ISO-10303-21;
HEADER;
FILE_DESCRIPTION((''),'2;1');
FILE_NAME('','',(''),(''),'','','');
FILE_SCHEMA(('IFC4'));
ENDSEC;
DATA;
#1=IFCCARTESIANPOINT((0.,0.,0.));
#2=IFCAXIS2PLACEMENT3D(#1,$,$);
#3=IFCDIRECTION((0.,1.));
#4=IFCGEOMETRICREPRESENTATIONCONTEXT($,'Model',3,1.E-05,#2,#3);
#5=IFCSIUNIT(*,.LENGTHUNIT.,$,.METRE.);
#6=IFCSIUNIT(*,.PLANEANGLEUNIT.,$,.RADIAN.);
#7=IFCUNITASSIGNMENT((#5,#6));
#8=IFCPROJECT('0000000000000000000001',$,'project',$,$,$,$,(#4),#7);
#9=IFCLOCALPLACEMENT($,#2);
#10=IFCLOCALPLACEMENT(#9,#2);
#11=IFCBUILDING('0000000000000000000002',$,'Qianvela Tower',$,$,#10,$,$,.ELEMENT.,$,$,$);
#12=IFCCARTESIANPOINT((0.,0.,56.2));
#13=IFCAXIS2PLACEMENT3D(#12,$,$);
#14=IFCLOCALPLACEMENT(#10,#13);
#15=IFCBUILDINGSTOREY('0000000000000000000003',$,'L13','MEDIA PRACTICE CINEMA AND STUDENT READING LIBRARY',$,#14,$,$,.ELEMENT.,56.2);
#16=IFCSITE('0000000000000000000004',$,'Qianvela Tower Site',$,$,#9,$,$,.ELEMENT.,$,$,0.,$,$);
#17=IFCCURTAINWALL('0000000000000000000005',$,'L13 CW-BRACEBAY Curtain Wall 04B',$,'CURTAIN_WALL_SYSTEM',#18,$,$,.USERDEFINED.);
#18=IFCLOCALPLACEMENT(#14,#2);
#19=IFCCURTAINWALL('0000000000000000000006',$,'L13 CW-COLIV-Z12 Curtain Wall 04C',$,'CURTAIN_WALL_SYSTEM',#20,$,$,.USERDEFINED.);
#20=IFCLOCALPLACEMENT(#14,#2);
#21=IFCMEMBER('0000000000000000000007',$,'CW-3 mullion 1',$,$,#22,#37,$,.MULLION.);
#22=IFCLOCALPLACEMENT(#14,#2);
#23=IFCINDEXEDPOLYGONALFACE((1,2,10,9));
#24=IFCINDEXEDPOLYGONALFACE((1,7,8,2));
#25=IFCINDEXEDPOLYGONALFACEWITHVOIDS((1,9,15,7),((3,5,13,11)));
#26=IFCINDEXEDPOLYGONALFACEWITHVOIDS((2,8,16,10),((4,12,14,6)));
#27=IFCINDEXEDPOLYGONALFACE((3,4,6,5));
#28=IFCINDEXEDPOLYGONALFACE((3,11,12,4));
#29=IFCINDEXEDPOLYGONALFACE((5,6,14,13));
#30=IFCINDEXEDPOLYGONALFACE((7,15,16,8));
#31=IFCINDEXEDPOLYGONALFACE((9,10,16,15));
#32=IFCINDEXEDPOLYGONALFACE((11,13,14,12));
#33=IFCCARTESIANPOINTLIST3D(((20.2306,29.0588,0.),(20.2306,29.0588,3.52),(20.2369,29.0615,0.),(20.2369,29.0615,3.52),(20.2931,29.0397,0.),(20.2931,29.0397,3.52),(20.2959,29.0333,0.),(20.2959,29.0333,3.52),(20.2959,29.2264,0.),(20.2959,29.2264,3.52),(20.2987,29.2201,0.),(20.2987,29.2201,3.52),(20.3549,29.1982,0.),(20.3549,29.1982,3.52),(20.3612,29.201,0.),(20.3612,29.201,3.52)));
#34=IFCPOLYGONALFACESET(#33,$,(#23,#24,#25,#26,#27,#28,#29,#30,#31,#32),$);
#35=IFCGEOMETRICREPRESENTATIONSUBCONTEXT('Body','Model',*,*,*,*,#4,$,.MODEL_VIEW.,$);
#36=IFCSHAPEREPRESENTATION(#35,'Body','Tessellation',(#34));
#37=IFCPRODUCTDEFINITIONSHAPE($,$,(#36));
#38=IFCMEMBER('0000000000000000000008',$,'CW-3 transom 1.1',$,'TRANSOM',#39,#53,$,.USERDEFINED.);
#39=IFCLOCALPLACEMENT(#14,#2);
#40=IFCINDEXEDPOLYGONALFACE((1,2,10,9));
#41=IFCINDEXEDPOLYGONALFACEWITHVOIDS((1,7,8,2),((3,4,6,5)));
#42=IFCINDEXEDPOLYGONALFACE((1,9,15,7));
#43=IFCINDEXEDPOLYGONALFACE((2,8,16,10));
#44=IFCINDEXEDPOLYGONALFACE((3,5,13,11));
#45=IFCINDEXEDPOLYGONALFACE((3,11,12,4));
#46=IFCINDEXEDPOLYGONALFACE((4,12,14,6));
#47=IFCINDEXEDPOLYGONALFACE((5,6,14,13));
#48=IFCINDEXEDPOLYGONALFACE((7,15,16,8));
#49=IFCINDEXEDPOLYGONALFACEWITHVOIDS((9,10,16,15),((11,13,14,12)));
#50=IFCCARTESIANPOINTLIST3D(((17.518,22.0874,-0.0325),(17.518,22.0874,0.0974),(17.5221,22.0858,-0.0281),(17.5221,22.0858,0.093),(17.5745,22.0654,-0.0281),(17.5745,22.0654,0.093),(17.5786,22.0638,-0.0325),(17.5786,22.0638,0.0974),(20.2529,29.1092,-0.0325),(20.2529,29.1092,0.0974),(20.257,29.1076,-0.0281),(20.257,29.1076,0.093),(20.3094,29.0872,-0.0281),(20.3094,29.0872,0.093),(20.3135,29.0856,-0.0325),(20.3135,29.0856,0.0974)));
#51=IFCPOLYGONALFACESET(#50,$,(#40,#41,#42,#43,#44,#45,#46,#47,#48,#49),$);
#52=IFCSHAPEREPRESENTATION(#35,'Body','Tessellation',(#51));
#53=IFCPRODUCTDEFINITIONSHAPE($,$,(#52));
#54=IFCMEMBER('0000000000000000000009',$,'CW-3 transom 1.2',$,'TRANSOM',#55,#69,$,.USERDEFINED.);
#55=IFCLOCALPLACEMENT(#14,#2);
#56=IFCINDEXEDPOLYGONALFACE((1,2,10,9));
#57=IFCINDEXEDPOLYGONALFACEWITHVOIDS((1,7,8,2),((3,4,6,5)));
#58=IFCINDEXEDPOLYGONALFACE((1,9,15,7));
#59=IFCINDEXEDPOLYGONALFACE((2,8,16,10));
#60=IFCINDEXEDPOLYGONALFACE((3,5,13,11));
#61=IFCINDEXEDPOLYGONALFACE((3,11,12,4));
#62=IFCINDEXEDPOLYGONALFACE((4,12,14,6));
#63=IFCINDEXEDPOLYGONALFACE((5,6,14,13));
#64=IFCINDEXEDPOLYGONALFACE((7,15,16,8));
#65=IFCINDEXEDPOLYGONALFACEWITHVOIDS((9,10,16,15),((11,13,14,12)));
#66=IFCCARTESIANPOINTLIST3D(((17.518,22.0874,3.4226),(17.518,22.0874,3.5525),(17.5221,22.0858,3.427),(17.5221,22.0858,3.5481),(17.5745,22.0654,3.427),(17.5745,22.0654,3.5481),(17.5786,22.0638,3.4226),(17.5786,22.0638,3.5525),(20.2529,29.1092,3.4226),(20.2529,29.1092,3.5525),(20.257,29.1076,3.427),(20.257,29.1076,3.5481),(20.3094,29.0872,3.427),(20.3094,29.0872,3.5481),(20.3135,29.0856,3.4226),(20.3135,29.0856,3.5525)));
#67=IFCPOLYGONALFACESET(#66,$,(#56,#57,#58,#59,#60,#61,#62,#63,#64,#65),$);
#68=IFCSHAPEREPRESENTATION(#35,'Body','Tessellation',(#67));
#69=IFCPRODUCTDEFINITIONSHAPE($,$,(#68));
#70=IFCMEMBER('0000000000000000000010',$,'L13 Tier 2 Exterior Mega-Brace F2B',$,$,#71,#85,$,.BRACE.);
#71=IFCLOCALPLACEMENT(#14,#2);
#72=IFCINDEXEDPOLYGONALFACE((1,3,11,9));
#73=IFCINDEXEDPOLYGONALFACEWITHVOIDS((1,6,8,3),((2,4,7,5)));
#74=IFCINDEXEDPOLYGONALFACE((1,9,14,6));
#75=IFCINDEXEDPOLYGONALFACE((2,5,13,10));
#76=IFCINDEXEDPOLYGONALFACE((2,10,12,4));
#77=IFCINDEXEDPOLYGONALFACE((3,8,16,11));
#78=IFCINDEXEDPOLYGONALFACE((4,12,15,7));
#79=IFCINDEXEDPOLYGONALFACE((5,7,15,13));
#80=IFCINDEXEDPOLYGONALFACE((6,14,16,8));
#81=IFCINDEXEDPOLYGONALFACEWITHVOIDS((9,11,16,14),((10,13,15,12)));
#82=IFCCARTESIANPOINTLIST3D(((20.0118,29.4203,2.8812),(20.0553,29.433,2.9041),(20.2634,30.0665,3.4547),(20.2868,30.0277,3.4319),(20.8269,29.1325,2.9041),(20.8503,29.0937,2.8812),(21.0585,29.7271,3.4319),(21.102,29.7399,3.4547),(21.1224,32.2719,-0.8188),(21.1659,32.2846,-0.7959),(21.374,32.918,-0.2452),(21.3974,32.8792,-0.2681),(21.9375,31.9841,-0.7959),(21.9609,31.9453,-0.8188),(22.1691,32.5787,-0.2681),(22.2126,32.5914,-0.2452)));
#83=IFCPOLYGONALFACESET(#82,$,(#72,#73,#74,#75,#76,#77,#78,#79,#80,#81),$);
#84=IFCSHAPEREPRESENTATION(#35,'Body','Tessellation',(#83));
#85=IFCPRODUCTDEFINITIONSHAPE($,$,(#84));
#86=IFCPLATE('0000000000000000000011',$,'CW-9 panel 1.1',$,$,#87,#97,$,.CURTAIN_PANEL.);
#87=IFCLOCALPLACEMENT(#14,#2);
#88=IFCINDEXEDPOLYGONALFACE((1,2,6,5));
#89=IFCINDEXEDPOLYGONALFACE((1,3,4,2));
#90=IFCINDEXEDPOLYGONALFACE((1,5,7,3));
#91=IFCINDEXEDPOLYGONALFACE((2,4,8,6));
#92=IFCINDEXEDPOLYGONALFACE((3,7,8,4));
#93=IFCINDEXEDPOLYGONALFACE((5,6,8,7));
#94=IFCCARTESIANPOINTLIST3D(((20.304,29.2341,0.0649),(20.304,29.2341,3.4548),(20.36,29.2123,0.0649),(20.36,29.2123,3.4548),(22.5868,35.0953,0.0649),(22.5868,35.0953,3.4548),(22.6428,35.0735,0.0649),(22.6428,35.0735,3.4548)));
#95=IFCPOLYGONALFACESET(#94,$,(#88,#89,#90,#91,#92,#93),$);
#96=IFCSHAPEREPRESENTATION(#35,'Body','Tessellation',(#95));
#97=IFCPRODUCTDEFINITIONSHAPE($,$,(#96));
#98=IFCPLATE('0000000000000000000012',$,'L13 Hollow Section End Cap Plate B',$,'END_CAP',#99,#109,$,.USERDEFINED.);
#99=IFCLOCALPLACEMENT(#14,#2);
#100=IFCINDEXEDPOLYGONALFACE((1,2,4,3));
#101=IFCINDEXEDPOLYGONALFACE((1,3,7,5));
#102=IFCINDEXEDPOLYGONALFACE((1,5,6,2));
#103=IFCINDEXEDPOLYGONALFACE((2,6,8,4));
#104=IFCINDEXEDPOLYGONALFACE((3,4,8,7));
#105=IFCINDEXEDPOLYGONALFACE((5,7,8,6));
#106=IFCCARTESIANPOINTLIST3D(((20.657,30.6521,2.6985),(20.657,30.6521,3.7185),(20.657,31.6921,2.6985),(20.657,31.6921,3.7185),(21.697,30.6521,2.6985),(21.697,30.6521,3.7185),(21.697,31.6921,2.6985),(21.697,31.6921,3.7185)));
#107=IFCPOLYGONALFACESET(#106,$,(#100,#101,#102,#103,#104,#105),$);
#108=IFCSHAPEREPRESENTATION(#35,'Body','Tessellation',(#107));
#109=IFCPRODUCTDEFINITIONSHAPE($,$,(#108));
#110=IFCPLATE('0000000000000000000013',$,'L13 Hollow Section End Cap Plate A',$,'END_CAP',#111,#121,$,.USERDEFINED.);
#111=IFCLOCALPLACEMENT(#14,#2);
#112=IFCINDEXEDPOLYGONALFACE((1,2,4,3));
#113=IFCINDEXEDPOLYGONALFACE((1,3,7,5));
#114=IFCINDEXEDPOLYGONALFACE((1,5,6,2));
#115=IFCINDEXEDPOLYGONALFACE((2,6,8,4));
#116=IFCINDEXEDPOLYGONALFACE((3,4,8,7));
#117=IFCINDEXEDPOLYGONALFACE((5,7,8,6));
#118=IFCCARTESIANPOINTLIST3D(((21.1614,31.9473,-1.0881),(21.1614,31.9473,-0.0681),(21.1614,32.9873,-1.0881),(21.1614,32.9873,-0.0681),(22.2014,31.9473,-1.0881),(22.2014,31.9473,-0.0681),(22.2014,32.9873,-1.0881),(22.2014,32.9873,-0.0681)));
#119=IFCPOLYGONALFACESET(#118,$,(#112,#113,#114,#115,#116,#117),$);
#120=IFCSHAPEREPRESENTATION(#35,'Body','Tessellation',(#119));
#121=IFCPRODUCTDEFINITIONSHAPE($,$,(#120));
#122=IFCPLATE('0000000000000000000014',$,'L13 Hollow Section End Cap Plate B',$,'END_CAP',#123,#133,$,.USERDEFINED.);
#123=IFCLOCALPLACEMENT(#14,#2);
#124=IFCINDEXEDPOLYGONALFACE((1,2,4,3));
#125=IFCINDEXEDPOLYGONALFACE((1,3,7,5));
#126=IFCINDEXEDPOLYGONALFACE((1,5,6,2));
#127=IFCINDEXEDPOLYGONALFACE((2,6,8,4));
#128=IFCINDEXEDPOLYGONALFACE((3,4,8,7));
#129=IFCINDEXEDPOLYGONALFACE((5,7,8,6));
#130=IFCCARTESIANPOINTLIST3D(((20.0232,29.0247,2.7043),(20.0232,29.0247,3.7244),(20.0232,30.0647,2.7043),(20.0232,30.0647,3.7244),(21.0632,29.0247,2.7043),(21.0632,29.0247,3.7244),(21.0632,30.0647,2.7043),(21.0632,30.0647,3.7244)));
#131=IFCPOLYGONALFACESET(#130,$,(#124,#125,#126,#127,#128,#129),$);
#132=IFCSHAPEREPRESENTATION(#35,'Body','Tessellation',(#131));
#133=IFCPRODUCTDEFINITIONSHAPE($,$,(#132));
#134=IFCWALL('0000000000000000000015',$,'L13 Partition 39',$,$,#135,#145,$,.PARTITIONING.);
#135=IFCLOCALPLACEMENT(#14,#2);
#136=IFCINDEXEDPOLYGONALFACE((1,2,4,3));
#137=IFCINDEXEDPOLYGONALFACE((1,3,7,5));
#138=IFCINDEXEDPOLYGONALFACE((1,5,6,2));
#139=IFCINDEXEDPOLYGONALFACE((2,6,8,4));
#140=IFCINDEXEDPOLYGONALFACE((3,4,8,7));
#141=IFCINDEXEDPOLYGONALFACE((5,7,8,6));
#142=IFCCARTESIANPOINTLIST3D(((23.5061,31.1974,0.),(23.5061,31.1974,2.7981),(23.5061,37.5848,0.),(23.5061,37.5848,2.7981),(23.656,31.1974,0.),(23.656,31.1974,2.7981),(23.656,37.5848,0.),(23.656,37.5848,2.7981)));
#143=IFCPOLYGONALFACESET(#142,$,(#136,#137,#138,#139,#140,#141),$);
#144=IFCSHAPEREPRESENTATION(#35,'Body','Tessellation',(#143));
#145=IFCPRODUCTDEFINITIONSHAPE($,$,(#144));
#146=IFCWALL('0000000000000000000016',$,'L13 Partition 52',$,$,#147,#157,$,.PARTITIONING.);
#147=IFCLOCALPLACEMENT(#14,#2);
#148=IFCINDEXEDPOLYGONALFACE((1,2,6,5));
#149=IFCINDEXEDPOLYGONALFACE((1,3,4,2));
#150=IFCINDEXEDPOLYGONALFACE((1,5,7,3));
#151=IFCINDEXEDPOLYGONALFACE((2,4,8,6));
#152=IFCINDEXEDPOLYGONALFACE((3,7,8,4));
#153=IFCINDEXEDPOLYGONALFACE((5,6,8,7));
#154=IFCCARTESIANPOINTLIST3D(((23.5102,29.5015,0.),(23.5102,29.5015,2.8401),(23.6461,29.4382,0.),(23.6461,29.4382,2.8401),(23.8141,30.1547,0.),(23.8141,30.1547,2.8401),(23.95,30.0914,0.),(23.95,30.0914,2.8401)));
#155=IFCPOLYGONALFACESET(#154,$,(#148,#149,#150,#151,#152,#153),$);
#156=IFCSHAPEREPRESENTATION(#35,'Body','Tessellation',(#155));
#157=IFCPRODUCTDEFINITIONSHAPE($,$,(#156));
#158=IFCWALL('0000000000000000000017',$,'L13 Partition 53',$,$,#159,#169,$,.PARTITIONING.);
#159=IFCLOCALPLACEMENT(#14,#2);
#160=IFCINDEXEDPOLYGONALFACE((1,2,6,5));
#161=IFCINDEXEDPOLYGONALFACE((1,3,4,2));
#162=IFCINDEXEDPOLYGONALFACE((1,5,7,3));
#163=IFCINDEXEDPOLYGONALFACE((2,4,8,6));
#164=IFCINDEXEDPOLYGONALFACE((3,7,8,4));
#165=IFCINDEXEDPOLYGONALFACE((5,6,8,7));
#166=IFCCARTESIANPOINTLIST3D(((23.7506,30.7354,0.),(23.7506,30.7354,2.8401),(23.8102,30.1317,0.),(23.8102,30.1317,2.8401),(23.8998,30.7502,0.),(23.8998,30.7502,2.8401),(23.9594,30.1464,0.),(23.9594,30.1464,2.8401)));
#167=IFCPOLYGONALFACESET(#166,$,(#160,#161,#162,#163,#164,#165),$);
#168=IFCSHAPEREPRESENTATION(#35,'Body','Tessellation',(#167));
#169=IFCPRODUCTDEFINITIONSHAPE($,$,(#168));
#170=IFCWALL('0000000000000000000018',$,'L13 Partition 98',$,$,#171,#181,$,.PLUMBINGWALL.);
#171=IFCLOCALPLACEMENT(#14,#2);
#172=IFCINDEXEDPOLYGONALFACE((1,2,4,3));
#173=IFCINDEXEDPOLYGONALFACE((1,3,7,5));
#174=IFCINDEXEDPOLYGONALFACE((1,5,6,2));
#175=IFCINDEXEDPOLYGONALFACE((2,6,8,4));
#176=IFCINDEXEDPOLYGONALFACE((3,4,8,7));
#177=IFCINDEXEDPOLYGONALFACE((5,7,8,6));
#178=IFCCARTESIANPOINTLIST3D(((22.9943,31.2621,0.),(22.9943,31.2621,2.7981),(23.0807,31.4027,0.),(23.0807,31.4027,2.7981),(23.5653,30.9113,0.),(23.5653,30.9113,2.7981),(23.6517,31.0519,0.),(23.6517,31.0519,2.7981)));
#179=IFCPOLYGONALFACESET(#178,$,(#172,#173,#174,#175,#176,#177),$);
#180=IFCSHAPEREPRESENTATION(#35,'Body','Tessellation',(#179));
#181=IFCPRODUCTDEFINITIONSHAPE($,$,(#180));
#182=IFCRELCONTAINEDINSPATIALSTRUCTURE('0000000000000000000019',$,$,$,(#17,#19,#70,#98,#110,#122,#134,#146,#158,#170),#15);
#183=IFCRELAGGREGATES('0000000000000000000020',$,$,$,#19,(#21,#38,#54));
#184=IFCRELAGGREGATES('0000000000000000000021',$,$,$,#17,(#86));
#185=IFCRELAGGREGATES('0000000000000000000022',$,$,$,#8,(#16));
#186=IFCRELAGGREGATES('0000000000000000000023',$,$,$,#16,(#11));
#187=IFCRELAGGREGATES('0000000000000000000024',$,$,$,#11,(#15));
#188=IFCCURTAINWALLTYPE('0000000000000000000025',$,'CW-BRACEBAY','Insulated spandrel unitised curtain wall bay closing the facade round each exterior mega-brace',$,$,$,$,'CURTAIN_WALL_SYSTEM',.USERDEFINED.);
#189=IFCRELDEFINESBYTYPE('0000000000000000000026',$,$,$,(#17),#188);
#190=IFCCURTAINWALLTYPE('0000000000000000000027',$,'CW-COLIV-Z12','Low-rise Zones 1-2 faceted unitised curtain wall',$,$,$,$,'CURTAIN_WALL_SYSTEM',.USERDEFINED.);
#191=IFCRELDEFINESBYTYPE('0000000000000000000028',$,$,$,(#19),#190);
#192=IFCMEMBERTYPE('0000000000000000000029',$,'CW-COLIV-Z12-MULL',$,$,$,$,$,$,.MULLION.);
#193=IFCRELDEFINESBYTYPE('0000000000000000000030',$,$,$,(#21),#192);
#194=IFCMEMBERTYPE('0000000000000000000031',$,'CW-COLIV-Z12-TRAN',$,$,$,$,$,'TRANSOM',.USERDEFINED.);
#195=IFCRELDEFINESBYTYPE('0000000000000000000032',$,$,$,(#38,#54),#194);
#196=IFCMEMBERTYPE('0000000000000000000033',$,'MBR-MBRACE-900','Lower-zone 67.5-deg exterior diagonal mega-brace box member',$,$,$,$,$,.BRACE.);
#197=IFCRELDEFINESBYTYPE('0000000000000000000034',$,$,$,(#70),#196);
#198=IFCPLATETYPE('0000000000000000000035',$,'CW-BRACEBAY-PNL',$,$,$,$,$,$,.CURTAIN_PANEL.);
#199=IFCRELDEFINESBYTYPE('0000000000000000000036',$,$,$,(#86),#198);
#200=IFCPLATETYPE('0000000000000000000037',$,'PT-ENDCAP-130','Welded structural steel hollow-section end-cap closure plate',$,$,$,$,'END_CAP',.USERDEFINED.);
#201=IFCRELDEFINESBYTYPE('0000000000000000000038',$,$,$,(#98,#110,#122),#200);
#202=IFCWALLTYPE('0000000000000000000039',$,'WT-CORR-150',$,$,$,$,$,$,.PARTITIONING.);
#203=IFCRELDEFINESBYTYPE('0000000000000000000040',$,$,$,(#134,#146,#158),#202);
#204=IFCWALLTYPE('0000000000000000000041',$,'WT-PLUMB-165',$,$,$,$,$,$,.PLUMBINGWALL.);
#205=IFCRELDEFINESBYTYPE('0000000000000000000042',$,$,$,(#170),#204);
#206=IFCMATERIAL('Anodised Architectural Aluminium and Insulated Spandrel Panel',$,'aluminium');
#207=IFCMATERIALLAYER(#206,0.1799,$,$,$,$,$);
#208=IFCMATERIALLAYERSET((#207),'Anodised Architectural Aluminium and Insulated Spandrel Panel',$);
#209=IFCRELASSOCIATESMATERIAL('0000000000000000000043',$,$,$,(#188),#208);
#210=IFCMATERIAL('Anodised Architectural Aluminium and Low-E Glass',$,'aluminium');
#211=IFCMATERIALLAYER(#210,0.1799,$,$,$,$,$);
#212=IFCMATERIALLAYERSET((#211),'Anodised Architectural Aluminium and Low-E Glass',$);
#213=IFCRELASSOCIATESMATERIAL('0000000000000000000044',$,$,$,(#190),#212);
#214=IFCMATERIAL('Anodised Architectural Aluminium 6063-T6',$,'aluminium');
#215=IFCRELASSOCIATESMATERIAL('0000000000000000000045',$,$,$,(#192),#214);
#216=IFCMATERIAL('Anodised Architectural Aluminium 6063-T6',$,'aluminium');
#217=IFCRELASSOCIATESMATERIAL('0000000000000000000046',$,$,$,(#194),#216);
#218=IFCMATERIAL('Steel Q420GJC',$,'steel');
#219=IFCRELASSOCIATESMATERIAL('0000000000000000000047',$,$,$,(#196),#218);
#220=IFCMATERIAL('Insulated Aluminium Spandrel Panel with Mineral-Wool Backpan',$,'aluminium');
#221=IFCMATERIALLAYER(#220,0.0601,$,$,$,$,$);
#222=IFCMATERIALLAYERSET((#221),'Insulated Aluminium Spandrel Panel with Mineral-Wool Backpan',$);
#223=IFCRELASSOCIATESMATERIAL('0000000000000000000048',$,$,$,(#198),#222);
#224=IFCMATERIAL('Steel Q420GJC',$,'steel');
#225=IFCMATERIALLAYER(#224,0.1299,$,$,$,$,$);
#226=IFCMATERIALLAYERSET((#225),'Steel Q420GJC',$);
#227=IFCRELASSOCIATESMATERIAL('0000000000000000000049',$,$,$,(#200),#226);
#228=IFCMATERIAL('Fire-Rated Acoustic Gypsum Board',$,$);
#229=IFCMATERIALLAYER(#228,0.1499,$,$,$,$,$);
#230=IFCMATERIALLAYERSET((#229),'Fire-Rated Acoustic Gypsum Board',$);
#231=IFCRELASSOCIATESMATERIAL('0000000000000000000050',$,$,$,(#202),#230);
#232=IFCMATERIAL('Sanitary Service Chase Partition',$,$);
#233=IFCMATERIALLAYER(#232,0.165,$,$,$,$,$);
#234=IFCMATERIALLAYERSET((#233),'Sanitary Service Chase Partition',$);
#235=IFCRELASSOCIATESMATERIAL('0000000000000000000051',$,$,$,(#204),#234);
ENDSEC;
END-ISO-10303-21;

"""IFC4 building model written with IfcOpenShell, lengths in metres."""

from ifc_helpers import new_model, si_unit, direction, frame, frame_2d, origin, origin_2d, place, context, subcontext, project, spatial, rectangle, hollow_rectangle, extrude, material, layer, layer_set, material_profile, profile_set, type_object, element, aggregate, save


model = new_model("IFC4")

# Units and contexts
model_context = context("Model", 3, precision=1e-05, world=origin(), true_north=direction((0.0, 1.0)))
body_context = subcontext(model_context, "Body", "Model", "MODEL_VIEW")
ifc_project = project(units=[si_unit("LENGTHUNIT", "METRE"), si_unit("PLANEANGLEUNIT", "RADIAN")], contexts=[model_context])

# Site, building, storey
site_placement = place(None, origin())
site = spatial("IfcSite", under=ifc_project, at=site_placement, Name="Qianvela Tower Site", CompositionType="ELEMENT", RefElevation=0.0)
building_placement = place(site_placement, origin())
building = spatial("IfcBuilding", under=site, at=building_placement, Name="Qianvela Tower", CompositionType="ELEMENT")
storey_placement = place(building_placement, frame((0.0, 0.0, 56.2)))
storey = spatial("IfcBuildingStorey", under=building, at=storey_placement, Name="L13", Description="MEDIA PRACTICE CINEMA AND STUDENT READING LIBRARY", CompositionType="ELEMENT", Elevation=56.2)

# Curtain wall
ifc_material_1 = material(Name="Anodised Architectural Aluminium and Insulated Spandrel Panel", Category="aluminium")
ifc_layer_1 = layer(ifc_material_1, 0.1799)
ifc_layer_set_1 = layer_set([ifc_layer_1], Name="Anodised Architectural Aluminium and Insulated Spandrel Panel")
curtain_wall_type_1 = type_object("IfcCurtainWallType", Name="CW-BRACEBAY", Description="Insulated spandrel unitised curtain wall bay closing the facade round each exterior mega-brace", ElementType="CURTAIN_WALL_SYSTEM", PredefinedType="USERDEFINED", material=ifc_layer_set_1)
curtain_wall_1_placement = place(storey_placement, origin())
curtain_wall_1 = element("IfcCurtainWall", 1, at=curtain_wall_1_placement, inside=storey, type_object=curtain_wall_type_1, Name="L13 CW-BRACEBAY Curtain Wall 04B", ObjectType="CURTAIN_WALL_SYSTEM", PredefinedType="USERDEFINED")

# Curtain wall, members
ifc_material_2 = material(Name="Anodised Architectural Aluminium and Low-E Glass", Category="aluminium")
ifc_layer_2 = layer(ifc_material_2, 0.1799)
ifc_layer_set_2 = layer_set([ifc_layer_2], Name="Anodised Architectural Aluminium and Low-E Glass")
curtain_wall_type_2 = type_object("IfcCurtainWallType", Name="CW-COLIV-Z12", Description="Low-rise Zones 1-2 faceted unitised curtain wall", ElementType="CURTAIN_WALL_SYSTEM", PredefinedType="USERDEFINED", material=ifc_layer_set_2)
curtain_wall_2_placement = place(storey_placement, origin())
curtain_wall_2 = element("IfcCurtainWall", 2, at=curtain_wall_2_placement, inside=storey, type_object=curtain_wall_type_2, Name="L13 CW-COLIV-Z12 Curtain Wall 04C", ObjectType="CURTAIN_WALL_SYSTEM", PredefinedType="USERDEFINED")
ifc_material_3 = material(Name="Anodised Architectural Aluminium 6063-T6", Category="aluminium")
ifc_material_profile_1 = material_profile(ifc_material_3, hollow_rectangle(XDim=0.0701, YDim=0.1799, WallThickness=0.0049, at=origin_2d()), Name="ALU-MULL-70x180")
ifc_profile_set_1 = profile_set([ifc_material_profile_1], Name="Anodised Architectural Aluminium 6063-T6")
member_type_1 = type_object("IfcMemberType", Name="CW-COLIV-Z12-MULL", PredefinedType="MULLION", material=ifc_profile_set_1)
member_1_placement = place(storey_placement, frame((20.2959, 29.1299, 0.0), z_axis=(0.0, 0.0, 1.0), x_axis=(0.931818, -0.362925, 0.0)))
member_1 = element("IfcMember", 3, at=member_1_placement, type_object=member_type_1, Name="CW-3 mullion 1", PredefinedType="MULLION", context=body_context, shape_type="SweptSolid", body=[
    extrude(hollow_rectangle(XDim=0.0701, YDim=0.1799, WallThickness=0.0049, at=origin_2d()), origin(), (0.0, 0.0, 1.0), 3.52),
])
ifc_material_4 = material(Name="Anodised Architectural Aluminium 6063-T6", Category="aluminium")
ifc_material_profile_2 = material_profile(ifc_material_4, hollow_rectangle(XDim=0.0649, YDim=0.1299, WallThickness=0.0044, at=origin_2d()), Name="ALU-TRAN-65x130")
ifc_profile_set_2 = profile_set([ifc_material_profile_2], Name="Anodised Architectural Aluminium 6063-T6")
member_type_2 = type_object("IfcMemberType", Name="CW-COLIV-Z12-TRAN", ElementType="TRANSOM", PredefinedType="USERDEFINED", material=ifc_profile_set_2)
member_2_placement = place(storey_placement, frame((20.2832, 29.0974, 0.0325), z_axis=(-0.362929, -0.931817, 0.0), x_axis=(0.931817, -0.362929, 0.0)))
member_2 = element("IfcMember", 4, at=member_2_placement, type_object=member_type_2, Name="CW-3 transom 1.1", ObjectType="TRANSOM", PredefinedType="USERDEFINED", context=body_context, shape_type="SweptSolid", body=[
    extrude(hollow_rectangle(XDim=0.0649, YDim=0.1299, WallThickness=0.0044, at=origin_2d()), origin(), (0.0, 0.0, 1.0), 7.5356),
])
member_3_placement = place(storey_placement, frame((20.2832, 29.0974, 3.4875), z_axis=(-0.362929, -0.931817, 0.0), x_axis=(0.931817, -0.362929, 0.0)))
member_3 = element("IfcMember", 5, at=member_3_placement, type_object=member_type_2, Name="CW-3 transom 1.2", ObjectType="TRANSOM", PredefinedType="USERDEFINED", context=body_context, shape_type="SweptSolid", body=[
    extrude(hollow_rectangle(XDim=0.0649, YDim=0.1299, WallThickness=0.0044, at=origin_2d()), origin(), (0.0, 0.0, 1.0), 7.5356),
])
aggregate(curtain_wall_2, [member_1, member_2, member_3])

# Member
ifc_material_5 = material(Name="Steel Q420GJC", Category="steel")
ifc_material_profile_3 = material_profile(ifc_material_5, hollow_rectangle(XDim=0.8999, YDim=0.8999, WallThickness=0.0359, at=origin_2d()), Name="MBOX-900x900x36")
ifc_profile_set_3 = profile_set([ifc_material_profile_3], Name="Steel Q420GJC")
member_type_3 = type_object("IfcMemberType", Name="MBR-MBRACE-900", Description="Lower-zone 67.5-deg exterior diagonal mega-brace box member", PredefinedType="BRACE", material=ifc_profile_set_3)
member_4_placement = place(storey_placement, frame((21.6675, 32.4316, -0.532), z_axis=(-0.231301, -0.593889, 0.770581), x_axis=(0.931822, -0.362916, 0.0)))
element("IfcMember", 6, at=member_4_placement, inside=storey, type_object=member_type_3, Name="L13 Tier 2 Exterior Mega-Brace F2B", PredefinedType="BRACE", context=body_context, shape_type="SweptSolid", body=[
    extrude(hollow_rectangle(XDim=0.8999, YDim=0.8999, WallThickness=0.0359, at=origin_2d()), origin(), (0.0, 0.0, 1.0), 4.8015),
])

# Plate
ifc_material_6 = material(Name="Insulated Aluminium Spandrel Panel with Mineral-Wool Backpan", Category="aluminium")
ifc_layer_3 = layer(ifc_material_6, 0.0601)
ifc_layer_set_3 = layer_set([ifc_layer_3], Name="Insulated Aluminium Spandrel Panel with Mineral-Wool Backpan")
plate_type_1 = type_object("IfcPlateType", Name="CW-BRACEBAY-PNL", PredefinedType="CURTAIN_PANEL", material=ifc_layer_set_3)
plate_placement = place(storey_placement, frame((21.4734, 32.1538, 0.0649), z_axis=(0.0, 0.0, 1.0), x_axis=(-0.362927, -0.931818, 0.0)))
plate = element("IfcPlate", 7, at=plate_placement, type_object=plate_type_1, Name="CW-9 panel 1.1", PredefinedType="CURTAIN_PANEL", context=body_context, shape_type="SweptSolid", body=[
    extrude(rectangle(XDim=6.29, YDim=0.0601, at=origin_2d()), origin(), (0.0, 0.0, 1.0), 3.3899),
])
aggregate(curtain_wall_1, [plate])

# Plates
ifc_material_7 = material(Name="Steel Q420GJC", Category="steel")
ifc_layer_4 = layer(ifc_material_7, 0.1299)
ifc_layer_set_4 = layer_set([ifc_layer_4], Name="Steel Q420GJC")
plate_type_2 = type_object("IfcPlateType", Name="PT-ENDCAP-130", Description="Welded structural steel hollow-section end-cap closure plate", ElementType="END_CAP", PredefinedType="USERDEFINED", material=ifc_layer_set_4)
for number, where, z_axis, x_axis, name in (
    (8, (21.177, 31.1721, 2.6985), (0.0, 0.0, 1.0), (1.0, 0.0, 0.0), "L13 Hollow Section End Cap Plate B"),
    (9, (21.6814, 32.4673, -1.0881), (0.0, 0.0, 1.0), (1.0, 0.0, 0.0), "L13 Hollow Section End Cap Plate A"),
    (10, (20.5432, 29.5447, 2.7043), (0.0, 0.0, 1.0), (1.0, 0.0, 0.0), "L13 Hollow Section End Cap Plate B"),
):
    element("IfcPlate", number, at=place(storey_placement, frame(where, z_axis=z_axis, x_axis=x_axis)), inside=storey, type_object=plate_type_2, Name=name, ObjectType="END_CAP", PredefinedType="USERDEFINED", context=body_context, shape_type="SweptSolid", body=[
        extrude(rectangle(XDim=1.04, YDim=1.04, at=origin_2d()), origin(), (0.0, 0.0, 1.0), 1.02),
    ])

# Walls
ifc_material_8 = material(Name="Fire-Rated Acoustic Gypsum Board")
ifc_layer_5 = layer(ifc_material_8, 0.1499)
ifc_layer_set_5 = layer_set([ifc_layer_5], Name="Fire-Rated Acoustic Gypsum Board")
wall_type_1 = type_object("IfcWallType", Name="WT-CORR-150", PredefinedType="PARTITIONING", material=ifc_layer_set_5)
wall_1_placement = place(storey_placement, frame((23.5811, 31.1973, 0.0), z_axis=(0.0, 0.0, 1.0), x_axis=(0.0, 1.0, 0.0)))
element("IfcWall", 11, at=wall_1_placement, inside=storey, type_object=wall_type_1, Name="L13 Partition 39", PredefinedType="PARTITIONING", context=body_context, shape_type="SweptSolid", body=[
    extrude(rectangle(XDim=6.3875, YDim=0.1499, at=frame_2d((3.1938, 0.0))), origin(), (0.0, 0.0, 1.0), 2.7981),
])
wall_2_placement = place(storey_placement, frame((23.5781, 29.4697, 0.0), z_axis=(0.0, 0.0, 1.0), x_axis=(0.421828, 0.906676, 0.0)))
element("IfcWall", 12, at=wall_2_placement, inside=storey, type_object=wall_type_1, Name="L13 Partition 52", PredefinedType="PARTITIONING", context=body_context, shape_type="SweptSolid", body=[
    extrude(rectangle(XDim=0.7205, YDim=0.1499, at=frame_2d((0.3604, 0.0))), origin(), (0.0, 0.0, 1.0), 2.8401),
])
wall_3_placement = place(storey_placement, frame((23.8848, 30.1392, 0.0), z_axis=(0.0, 0.0, 1.0), x_axis=(-0.098189, 0.995168, 0.0)))
element("IfcWall", 13, at=wall_3_placement, inside=storey, type_object=wall_type_1, Name="L13 Partition 53", PredefinedType="PARTITIONING", context=body_context, shape_type="SweptSolid", body=[
    extrude(rectangle(XDim=0.6067, YDim=0.1499, at=frame_2d((0.3032, 0.0))), origin(), (0.0, 0.0, 1.0), 2.8401),
])
ifc_material_9 = material(Name="Sanitary Service Chase Partition")
ifc_layer_6 = layer(ifc_material_9, 0.165)
ifc_layer_set_6 = layer_set([ifc_layer_6], Name="Sanitary Service Chase Partition")
wall_type_2 = type_object("IfcWallType", Name="WT-PLUMB-165", PredefinedType="PLUMBINGWALL", material=ifc_layer_set_6)
wall_4_placement = place(storey_placement, frame((23.6084, 30.9817, 0.0), z_axis=(0.0, 0.0, 1.0), x_axis=(-0.852046, 0.523467, 0.0)))
element("IfcWall", 14, at=wall_4_placement, inside=storey, type_object=wall_type_2, Name="L13 Partition 98", PredefinedType="PLUMBINGWALL", context=body_context, shape_type="SweptSolid", body=[
    extrude(rectangle(XDim=0.6702, YDim=0.165, at=frame_2d((0.335, 0.0))), origin(), (0.0, 0.0, 1.0), 2.7981),
])

save(model, "model.ifc")
